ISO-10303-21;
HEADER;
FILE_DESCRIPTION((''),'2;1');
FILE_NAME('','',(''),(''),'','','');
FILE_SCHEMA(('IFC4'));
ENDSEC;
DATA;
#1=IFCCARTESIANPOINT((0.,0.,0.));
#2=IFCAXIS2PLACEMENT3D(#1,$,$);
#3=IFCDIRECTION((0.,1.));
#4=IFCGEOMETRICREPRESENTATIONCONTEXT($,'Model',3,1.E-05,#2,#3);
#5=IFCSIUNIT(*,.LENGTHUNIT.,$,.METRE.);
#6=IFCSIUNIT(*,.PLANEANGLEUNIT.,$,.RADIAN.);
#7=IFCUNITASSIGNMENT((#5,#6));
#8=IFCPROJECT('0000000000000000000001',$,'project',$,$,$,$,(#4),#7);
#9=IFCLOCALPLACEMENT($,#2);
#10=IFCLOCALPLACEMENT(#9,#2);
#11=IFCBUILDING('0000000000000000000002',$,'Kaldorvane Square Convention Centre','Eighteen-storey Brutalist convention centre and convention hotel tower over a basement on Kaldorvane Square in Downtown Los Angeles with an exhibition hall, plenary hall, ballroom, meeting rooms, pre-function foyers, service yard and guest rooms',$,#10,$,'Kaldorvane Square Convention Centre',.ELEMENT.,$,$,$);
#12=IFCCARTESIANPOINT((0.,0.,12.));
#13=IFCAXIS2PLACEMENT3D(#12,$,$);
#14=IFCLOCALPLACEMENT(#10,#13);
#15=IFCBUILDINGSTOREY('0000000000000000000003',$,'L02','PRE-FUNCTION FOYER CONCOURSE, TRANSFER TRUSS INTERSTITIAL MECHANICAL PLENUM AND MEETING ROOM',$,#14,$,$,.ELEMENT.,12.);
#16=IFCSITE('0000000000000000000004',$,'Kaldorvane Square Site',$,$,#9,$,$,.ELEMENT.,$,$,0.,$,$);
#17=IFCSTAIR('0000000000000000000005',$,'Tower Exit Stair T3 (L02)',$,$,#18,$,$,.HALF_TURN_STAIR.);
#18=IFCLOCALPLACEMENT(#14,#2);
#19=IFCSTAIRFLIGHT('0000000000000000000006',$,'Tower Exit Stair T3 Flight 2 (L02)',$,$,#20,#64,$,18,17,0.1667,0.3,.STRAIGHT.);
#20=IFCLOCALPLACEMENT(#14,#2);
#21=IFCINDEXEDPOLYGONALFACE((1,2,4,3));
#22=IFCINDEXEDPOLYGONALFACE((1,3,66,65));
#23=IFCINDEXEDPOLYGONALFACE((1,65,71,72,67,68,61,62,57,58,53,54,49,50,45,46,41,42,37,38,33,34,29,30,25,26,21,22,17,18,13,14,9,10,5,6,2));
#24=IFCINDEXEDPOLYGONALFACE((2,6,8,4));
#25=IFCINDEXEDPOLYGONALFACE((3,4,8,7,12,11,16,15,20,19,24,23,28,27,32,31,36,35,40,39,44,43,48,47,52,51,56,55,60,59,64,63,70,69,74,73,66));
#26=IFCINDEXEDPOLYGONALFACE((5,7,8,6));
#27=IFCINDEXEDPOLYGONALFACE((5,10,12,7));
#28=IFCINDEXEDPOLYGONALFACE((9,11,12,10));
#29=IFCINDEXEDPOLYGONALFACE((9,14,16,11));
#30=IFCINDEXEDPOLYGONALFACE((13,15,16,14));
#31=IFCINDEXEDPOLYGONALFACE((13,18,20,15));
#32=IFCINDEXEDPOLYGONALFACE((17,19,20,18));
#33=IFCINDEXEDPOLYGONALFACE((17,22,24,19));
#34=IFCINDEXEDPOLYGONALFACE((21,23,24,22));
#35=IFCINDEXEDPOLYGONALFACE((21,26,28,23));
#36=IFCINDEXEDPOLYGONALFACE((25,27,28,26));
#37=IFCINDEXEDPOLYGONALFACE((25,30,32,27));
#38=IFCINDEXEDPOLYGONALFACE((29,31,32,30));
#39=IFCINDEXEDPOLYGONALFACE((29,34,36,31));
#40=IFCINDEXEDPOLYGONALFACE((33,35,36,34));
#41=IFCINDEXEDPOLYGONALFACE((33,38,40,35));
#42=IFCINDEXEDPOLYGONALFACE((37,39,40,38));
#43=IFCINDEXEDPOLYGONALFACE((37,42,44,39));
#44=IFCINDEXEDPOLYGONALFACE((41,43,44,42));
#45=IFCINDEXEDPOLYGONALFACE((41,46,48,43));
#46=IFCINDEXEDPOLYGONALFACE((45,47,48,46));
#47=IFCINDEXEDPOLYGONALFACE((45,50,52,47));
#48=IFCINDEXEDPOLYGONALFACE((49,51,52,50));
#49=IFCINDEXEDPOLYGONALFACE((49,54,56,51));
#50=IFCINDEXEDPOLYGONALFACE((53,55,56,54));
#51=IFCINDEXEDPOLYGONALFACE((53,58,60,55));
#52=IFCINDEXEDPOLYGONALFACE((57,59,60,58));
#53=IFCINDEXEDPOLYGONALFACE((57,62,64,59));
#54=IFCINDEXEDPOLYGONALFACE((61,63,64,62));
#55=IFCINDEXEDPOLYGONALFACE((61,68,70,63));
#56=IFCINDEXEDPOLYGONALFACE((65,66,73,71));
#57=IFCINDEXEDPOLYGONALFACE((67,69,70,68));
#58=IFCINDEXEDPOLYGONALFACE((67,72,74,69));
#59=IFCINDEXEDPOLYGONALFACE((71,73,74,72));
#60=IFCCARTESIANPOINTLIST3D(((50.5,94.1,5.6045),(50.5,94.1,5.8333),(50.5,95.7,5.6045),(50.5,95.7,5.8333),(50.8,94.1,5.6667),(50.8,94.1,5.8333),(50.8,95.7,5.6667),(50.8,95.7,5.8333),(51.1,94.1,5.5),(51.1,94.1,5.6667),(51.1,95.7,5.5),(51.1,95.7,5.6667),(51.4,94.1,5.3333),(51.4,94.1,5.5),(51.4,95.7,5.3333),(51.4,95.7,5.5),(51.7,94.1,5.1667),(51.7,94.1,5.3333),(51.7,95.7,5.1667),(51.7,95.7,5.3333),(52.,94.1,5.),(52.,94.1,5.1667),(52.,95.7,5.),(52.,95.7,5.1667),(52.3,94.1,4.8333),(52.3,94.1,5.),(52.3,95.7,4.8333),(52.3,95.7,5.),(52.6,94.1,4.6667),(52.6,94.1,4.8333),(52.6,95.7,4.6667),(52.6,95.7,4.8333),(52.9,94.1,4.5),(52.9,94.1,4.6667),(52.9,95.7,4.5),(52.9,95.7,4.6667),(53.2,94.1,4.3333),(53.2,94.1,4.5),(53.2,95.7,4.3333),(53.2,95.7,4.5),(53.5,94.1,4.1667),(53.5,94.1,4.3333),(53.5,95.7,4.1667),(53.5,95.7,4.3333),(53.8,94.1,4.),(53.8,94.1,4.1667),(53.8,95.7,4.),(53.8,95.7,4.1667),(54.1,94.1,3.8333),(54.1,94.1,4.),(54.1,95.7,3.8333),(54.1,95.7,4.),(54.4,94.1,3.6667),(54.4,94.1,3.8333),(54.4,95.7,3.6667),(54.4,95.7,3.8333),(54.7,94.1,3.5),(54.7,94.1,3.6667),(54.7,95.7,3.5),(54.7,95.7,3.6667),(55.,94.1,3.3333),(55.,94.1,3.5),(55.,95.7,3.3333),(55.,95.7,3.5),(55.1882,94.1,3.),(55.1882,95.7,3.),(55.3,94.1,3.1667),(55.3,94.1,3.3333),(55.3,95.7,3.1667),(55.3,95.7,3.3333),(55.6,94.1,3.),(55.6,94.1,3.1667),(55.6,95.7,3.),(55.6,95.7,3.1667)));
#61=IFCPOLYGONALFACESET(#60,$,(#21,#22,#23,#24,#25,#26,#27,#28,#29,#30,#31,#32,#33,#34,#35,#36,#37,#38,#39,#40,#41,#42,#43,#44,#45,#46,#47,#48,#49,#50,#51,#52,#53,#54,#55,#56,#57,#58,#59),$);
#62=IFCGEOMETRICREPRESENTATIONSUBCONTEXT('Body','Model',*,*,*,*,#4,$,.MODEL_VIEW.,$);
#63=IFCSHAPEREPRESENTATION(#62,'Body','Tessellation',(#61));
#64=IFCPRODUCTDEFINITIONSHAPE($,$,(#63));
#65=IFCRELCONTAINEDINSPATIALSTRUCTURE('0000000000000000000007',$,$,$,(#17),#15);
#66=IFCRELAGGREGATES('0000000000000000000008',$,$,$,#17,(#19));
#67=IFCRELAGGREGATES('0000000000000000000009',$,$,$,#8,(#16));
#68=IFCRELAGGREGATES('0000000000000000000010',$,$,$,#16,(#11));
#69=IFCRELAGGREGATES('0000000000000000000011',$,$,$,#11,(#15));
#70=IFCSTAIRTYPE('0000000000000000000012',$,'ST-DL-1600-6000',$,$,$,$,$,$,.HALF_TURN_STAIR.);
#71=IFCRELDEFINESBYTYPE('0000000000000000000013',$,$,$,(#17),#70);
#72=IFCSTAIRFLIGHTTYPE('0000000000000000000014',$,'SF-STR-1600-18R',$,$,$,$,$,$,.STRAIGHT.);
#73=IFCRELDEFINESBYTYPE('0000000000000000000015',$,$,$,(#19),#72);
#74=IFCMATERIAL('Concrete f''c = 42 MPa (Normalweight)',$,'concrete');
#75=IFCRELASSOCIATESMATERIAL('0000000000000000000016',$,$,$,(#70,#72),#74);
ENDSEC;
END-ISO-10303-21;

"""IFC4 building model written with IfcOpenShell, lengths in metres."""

from ifc_helpers import new_model, si_unit, direction, frame, origin, place, context, subcontext, project, spatial, polyline, outline, extrude, material, type_object, element, aggregate, save


model = new_model("IFC4")

# Units and contexts
model_context = context("Model", 3, precision=1e-05, world=origin(), true_north=direction((0.0, 1.0)))
body_context = subcontext(model_context, "Body", "Model", "MODEL_VIEW")
ifc_project = project(units=[si_unit("LENGTHUNIT", "METRE"), si_unit("PLANEANGLEUNIT", "RADIAN")], contexts=[model_context])

# Site, building, storey
site_placement = place(None, origin())
site = spatial("IfcSite", under=ifc_project, at=site_placement, Name="Kaldorvane Square Site", CompositionType="ELEMENT", RefElevation=0.0)
building_placement = place(site_placement, origin())
building = spatial("IfcBuilding", under=site, at=building_placement, Name="Kaldorvane Square Convention Centre", Description="Eighteen-storey Brutalist convention centre and convention hotel tower over a basement on Kaldorvane Square in Downtown Los Angeles with an exhibition hall, plenary hall, ballroom, meeting rooms, pre-function foyers, service yard and guest rooms", LongName="Kaldorvane Square Convention Centre", CompositionType="ELEMENT")
storey_placement = place(building_placement, frame((0.0, 0.0, 12.0)))
storey = spatial("IfcBuildingStorey", under=building, at=storey_placement, Name="L02", Description="PRE-FUNCTION FOYER CONCOURSE, TRANSFER TRUSS INTERSTITIAL MECHANICAL PLENUM AND MEETING ROOM", CompositionType="ELEMENT", Elevation=12.0)

# Stair, stair flight
ifc_material_1 = material(Name="Concrete f'c = 42 MPa (Normalweight)", Category="concrete")
stair_type = type_object("IfcStairType", Name="ST-DL-1600-6000", PredefinedType="HALF_TURN_STAIR", material=ifc_material_1)
stair_placement = place(storey_placement, origin())
stair = element("IfcStair", 1, at=stair_placement, inside=storey, type_object=stair_type, Name="Tower Exit Stair T3 (L02)", PredefinedType="HALF_TURN_STAIR")
stair_flight_type = type_object("IfcStairFlightType", Name="SF-STR-1600-18R", PredefinedType="STRAIGHT", material=ifc_material_1)
stair_flight_placement = place(storey_placement, frame((55.6, 94.9, 3.0), z_axis=(0.0, 0.0, 1.0), x_axis=(-1.0, 0.0, 0.0)))
stair_flight = element("IfcStairFlight", 2, at=stair_flight_placement, type_object=stair_flight_type, Name="Tower Exit Stair T3 Flight 2 (L02)", NumberOfRisers=18, NumberOfTreads=17, PredefinedType="STRAIGHT", RiserHeight=0.1667, TreadLength=0.3, context=body_context, shape_type="SweptSolid", body=[
    extrude(outline(polyline([(0.0, 0.0), (0.0, 0.1667), (0.3, 0.1667), (0.3, 0.3333), (0.6, 0.3333), (0.6, 0.5), (0.9, 0.5), (0.9, 0.6667), (1.2, 0.6667), (1.2, 0.8333), (1.5, 0.8333), (1.5, 1.0), (1.8, 1.0), (1.8, 1.1667), (2.1, 1.1667), (2.1, 1.3333), (2.4, 1.3333), (2.4, 1.5), (2.7, 1.5), (2.7, 1.6667), (3.0, 1.6667), (3.0, 1.8333), (3.3, 1.8333), (3.3, 2.0), (3.6, 2.0), (3.6, 2.1667), (3.9, 2.1667), (3.9, 2.3333), (4.2, 2.3333), (4.2, 2.5), (4.5, 2.5), (4.5, 2.6667), (4.8, 2.6667), (4.8, 2.8333), (5.1, 2.8333), (5.1, 3.0), (5.1, 2.6045), (0.4118, 0.0), (0.0, 0.0)])), frame((0.0, 0.8, 0.0), z_axis=(0.0, -1.0, 0.0), x_axis=(1.0, 0.0, 0.0)), (0.0, 0.0, 1.0), 1.6),
])
aggregate(stair, [stair_flight])

save(model, "model.ifc")
